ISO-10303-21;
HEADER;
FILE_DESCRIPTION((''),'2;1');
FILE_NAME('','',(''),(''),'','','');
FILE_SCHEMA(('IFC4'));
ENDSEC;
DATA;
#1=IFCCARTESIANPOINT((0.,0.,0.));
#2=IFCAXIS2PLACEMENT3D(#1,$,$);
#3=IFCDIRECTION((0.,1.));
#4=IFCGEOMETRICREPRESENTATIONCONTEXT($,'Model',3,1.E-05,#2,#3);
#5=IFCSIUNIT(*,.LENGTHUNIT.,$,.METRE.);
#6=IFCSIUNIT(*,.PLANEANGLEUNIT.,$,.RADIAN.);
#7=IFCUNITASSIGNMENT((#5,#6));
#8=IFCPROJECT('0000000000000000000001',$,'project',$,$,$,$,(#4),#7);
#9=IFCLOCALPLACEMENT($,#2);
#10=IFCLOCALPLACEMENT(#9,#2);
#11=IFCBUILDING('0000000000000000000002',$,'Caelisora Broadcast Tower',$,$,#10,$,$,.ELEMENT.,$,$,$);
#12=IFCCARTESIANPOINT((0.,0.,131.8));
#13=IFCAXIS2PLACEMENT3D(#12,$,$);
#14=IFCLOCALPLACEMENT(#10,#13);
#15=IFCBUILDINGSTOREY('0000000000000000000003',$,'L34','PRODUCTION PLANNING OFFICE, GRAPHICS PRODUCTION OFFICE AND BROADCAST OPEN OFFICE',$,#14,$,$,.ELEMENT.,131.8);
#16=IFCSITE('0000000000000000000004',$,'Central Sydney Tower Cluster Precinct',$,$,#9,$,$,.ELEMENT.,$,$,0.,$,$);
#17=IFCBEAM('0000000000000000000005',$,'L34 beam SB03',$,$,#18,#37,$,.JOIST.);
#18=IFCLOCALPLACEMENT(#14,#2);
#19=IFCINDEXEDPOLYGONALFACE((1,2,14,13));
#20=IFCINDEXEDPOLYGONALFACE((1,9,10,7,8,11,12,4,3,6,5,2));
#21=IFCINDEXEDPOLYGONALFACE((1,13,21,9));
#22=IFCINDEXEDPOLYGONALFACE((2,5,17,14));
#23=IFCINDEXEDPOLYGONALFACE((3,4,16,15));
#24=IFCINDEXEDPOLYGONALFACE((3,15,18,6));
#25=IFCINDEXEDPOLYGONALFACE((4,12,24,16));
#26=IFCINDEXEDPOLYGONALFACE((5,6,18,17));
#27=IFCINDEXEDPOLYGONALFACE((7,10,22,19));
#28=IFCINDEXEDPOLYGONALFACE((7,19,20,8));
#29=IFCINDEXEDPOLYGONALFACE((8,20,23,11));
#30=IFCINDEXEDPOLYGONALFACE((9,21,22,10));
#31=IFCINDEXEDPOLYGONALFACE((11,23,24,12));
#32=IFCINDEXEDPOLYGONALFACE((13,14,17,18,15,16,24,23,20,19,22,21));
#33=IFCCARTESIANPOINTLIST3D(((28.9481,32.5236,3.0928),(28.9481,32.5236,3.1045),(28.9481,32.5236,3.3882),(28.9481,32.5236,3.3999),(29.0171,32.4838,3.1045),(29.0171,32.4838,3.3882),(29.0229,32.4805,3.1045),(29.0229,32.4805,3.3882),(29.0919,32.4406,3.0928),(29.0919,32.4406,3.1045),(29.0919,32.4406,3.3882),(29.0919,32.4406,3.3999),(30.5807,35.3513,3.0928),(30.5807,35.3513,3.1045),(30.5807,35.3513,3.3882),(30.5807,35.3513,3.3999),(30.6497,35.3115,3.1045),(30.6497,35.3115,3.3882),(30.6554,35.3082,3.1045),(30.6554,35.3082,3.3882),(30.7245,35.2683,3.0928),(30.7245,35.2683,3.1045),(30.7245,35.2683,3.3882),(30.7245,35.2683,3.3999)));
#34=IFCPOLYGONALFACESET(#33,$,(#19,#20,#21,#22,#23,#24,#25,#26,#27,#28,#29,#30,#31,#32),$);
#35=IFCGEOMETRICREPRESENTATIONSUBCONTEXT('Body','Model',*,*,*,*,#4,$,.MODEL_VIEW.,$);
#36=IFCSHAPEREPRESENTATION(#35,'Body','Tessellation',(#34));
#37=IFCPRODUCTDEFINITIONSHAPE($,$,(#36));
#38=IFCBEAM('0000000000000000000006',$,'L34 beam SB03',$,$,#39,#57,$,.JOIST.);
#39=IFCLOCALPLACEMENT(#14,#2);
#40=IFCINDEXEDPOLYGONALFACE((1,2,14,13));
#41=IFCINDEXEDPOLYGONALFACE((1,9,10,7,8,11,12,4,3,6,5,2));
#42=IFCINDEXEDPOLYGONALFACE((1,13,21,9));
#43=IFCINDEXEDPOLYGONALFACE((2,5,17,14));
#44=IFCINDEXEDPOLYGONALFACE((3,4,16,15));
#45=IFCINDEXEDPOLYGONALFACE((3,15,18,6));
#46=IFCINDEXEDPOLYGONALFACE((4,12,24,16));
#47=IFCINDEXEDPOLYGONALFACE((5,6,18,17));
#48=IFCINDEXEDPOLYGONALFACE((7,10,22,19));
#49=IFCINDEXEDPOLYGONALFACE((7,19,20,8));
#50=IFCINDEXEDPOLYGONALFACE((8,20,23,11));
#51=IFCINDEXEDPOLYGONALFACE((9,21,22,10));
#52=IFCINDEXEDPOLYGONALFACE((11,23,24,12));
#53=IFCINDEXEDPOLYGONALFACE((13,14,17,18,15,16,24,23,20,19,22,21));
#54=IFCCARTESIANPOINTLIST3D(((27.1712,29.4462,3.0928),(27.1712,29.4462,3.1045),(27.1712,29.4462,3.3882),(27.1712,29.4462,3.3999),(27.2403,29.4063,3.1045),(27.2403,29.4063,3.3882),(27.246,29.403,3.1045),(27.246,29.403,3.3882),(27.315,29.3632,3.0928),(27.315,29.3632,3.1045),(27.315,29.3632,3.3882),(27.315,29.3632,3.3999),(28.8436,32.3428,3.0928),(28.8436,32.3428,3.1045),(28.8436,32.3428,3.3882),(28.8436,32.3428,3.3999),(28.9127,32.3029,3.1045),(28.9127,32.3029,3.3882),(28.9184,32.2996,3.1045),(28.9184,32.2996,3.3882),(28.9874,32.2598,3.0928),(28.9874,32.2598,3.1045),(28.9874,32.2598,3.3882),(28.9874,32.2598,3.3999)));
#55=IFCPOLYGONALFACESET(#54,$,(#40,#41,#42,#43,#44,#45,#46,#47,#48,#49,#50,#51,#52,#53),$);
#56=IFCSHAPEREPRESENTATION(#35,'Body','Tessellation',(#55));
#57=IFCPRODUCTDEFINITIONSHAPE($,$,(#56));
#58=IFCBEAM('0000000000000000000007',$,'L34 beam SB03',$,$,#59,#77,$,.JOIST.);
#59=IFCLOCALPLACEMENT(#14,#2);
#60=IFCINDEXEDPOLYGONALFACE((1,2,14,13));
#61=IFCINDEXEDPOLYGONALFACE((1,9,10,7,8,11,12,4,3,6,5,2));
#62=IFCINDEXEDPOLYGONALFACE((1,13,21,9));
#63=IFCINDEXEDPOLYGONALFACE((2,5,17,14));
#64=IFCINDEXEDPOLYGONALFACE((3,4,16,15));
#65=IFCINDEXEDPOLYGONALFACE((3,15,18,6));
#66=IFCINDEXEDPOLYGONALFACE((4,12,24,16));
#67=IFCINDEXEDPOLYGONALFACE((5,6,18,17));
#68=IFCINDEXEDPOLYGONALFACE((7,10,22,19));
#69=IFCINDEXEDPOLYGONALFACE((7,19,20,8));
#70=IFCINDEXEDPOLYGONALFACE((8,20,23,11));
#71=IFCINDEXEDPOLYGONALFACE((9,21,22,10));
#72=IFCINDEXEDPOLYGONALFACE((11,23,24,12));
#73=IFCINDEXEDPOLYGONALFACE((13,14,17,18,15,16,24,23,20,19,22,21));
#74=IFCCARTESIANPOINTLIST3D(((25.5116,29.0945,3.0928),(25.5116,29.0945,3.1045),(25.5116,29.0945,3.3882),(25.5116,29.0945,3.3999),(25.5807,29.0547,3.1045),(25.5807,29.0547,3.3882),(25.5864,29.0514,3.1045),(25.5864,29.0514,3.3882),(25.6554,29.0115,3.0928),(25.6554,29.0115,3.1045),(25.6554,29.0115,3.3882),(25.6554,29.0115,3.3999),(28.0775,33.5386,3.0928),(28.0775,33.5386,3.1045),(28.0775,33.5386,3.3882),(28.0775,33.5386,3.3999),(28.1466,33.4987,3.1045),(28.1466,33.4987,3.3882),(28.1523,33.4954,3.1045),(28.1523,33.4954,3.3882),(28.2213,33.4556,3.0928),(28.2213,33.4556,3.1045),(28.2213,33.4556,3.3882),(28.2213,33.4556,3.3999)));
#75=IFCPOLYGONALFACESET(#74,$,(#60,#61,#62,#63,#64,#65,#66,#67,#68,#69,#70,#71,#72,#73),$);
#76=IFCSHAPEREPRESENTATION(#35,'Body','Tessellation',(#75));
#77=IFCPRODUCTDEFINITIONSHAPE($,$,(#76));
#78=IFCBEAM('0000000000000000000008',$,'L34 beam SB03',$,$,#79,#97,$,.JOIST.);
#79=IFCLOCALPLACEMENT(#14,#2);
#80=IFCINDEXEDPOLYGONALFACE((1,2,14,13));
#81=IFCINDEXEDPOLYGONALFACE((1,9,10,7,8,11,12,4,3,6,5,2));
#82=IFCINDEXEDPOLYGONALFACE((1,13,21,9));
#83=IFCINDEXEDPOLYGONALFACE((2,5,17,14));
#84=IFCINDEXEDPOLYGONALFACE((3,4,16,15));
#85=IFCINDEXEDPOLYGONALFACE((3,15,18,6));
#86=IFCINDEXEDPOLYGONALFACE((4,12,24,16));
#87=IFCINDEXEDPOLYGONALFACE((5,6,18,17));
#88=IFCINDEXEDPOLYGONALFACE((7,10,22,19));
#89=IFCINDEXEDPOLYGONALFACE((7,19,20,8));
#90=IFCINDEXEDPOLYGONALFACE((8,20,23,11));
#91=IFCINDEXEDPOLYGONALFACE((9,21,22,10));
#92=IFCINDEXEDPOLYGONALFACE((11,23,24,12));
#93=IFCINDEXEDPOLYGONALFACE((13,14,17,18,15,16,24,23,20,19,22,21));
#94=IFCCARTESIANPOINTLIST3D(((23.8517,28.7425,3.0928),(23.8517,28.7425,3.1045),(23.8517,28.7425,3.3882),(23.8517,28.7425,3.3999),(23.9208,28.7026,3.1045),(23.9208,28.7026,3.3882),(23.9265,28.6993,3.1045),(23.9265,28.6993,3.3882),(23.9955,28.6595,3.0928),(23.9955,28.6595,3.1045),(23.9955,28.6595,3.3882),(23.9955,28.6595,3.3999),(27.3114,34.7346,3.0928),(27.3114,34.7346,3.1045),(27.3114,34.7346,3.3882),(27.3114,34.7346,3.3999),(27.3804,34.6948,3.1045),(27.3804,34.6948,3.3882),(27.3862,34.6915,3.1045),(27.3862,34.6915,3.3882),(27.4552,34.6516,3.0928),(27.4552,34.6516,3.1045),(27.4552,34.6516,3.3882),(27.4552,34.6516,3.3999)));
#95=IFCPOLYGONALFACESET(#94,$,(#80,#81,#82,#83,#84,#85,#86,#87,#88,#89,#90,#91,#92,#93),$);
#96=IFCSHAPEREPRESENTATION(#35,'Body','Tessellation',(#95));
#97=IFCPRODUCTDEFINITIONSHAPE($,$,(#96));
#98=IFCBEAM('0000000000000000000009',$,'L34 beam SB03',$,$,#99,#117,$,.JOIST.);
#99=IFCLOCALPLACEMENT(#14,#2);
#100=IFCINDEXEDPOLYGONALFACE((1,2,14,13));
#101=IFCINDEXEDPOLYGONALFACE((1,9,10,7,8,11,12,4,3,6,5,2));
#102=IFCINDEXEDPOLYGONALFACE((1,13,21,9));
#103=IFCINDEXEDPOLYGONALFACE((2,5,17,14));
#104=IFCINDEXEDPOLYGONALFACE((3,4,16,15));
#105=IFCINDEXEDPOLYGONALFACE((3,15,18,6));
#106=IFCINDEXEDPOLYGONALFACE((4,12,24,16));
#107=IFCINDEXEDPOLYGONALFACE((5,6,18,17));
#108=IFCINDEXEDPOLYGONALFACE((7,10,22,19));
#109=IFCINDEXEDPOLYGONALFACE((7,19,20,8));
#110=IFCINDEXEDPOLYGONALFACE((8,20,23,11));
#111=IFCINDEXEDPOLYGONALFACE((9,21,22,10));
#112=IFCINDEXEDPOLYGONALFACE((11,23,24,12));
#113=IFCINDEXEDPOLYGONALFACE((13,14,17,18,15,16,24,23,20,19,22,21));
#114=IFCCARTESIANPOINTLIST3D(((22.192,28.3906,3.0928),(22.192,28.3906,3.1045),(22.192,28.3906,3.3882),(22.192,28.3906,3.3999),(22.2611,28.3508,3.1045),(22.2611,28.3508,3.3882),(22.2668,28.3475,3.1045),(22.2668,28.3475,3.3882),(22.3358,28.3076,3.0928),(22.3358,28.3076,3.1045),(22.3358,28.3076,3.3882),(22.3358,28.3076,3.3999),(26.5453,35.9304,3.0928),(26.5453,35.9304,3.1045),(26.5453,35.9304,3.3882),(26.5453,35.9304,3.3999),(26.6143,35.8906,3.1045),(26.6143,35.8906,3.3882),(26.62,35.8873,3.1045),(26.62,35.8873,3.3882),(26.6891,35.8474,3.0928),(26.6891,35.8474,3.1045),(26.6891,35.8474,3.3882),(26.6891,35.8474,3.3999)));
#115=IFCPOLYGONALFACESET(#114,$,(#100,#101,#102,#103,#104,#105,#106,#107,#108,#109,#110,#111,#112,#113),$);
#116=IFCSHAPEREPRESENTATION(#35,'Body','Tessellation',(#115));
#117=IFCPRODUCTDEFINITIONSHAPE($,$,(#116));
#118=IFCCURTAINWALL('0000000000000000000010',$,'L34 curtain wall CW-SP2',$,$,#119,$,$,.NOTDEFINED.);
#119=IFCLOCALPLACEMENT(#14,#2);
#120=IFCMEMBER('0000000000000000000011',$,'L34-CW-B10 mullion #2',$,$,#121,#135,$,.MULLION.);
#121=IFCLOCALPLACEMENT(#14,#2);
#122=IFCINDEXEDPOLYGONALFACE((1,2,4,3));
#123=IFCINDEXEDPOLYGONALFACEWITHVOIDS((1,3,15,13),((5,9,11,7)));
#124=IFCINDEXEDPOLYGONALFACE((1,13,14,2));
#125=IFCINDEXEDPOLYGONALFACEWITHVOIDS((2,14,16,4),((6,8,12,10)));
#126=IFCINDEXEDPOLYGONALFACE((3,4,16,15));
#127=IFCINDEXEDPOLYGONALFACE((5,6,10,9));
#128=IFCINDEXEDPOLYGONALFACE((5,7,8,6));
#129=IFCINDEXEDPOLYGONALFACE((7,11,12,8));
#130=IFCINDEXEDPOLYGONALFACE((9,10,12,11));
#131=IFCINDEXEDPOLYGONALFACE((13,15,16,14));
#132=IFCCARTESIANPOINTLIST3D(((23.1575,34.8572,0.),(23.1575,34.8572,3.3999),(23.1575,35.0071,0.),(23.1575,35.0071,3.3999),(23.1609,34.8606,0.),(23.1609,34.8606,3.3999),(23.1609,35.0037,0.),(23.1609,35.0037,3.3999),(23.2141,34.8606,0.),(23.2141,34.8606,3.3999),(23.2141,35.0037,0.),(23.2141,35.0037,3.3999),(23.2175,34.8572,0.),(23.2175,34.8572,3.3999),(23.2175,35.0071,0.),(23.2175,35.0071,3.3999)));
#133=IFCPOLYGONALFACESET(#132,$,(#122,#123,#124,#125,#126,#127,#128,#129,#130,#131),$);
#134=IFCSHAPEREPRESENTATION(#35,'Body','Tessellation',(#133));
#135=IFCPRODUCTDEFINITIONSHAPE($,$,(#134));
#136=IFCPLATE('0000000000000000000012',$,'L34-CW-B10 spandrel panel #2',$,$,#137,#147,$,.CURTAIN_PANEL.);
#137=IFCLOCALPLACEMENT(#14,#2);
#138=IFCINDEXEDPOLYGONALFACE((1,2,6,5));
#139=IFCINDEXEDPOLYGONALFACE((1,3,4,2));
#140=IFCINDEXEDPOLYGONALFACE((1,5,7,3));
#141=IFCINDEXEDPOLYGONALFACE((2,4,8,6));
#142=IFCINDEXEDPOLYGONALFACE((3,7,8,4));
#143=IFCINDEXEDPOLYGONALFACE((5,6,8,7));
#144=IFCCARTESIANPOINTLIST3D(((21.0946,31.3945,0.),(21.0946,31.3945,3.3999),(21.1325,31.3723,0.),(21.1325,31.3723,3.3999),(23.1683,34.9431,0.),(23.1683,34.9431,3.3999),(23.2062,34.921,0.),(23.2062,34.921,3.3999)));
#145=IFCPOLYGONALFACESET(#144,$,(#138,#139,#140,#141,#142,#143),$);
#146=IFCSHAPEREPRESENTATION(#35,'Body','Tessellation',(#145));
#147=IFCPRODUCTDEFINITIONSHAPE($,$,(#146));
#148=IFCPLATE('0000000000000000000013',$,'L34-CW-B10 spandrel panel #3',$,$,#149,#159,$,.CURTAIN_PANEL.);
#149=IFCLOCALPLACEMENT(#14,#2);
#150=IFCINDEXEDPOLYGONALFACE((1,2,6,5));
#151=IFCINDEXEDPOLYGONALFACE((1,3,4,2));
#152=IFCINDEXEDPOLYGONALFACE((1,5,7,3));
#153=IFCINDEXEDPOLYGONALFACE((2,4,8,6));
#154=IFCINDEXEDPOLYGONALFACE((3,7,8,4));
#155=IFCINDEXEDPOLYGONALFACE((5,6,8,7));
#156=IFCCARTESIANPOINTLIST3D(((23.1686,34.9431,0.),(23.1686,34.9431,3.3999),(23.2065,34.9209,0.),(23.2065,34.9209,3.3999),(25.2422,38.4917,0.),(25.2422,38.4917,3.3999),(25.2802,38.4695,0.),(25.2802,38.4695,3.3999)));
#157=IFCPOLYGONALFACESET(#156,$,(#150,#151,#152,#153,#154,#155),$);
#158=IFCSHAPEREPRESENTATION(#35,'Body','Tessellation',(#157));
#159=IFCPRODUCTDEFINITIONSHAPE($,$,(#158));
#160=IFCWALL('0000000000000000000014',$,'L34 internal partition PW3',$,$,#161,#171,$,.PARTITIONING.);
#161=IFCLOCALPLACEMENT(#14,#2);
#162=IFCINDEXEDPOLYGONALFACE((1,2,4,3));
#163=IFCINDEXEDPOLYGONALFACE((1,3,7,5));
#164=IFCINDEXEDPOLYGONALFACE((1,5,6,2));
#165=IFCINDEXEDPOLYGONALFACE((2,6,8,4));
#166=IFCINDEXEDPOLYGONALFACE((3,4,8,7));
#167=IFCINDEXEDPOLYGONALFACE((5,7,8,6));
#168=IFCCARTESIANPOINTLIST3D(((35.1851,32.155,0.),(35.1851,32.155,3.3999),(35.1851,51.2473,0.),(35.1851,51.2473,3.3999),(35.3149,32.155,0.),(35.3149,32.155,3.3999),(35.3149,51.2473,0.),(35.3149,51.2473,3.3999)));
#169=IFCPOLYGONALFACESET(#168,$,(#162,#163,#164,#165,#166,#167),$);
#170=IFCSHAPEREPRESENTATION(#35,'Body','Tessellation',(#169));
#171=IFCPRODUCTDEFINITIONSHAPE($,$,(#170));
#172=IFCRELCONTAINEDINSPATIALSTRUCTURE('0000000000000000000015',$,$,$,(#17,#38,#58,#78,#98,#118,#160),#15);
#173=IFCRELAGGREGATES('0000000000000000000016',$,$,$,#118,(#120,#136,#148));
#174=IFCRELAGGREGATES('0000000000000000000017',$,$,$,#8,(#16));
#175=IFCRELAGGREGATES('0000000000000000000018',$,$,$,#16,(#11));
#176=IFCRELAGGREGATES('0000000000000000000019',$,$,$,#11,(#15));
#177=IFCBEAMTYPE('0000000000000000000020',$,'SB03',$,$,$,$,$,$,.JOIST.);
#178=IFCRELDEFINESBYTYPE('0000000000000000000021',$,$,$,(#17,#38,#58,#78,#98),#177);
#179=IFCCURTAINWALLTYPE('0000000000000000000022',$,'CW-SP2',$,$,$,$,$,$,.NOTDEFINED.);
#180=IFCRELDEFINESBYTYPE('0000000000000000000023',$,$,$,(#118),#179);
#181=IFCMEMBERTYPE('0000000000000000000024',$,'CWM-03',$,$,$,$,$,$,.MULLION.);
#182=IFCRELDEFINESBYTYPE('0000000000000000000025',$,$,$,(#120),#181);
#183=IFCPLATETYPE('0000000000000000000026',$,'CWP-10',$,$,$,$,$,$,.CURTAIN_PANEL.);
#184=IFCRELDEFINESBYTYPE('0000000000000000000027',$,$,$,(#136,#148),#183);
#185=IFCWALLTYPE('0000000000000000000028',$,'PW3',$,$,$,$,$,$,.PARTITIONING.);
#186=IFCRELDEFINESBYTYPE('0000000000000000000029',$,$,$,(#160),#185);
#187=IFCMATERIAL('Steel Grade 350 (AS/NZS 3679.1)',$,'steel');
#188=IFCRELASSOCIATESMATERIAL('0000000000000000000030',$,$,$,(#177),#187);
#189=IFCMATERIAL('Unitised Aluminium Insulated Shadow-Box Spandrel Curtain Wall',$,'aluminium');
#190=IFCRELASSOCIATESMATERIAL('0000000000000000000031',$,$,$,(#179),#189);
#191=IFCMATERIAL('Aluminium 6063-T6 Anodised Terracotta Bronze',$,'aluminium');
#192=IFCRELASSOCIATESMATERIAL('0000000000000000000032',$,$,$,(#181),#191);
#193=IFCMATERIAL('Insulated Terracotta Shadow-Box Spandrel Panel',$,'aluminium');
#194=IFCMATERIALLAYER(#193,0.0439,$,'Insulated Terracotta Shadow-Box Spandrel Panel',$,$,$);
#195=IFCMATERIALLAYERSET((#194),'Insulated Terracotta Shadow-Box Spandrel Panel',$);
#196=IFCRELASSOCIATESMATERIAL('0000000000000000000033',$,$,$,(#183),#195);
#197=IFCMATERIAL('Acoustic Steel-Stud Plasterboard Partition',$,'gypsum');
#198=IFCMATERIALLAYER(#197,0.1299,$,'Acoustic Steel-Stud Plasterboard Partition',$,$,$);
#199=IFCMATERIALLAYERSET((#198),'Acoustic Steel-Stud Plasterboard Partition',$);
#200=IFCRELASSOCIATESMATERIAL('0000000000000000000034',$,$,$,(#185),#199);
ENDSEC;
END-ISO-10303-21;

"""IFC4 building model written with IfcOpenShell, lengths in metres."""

from ifc_helpers import new_model, si_unit, direction, frame, frame_2d, origin, origin_2d, place, context, subcontext, project, spatial, rectangle, hollow_rectangle, i_section, extrude, source, transform, mapped, material, layer, layer_set, material_profile, profile_set, type_object, type_shapes, element, aggregate, save


model = new_model("IFC4")

# Units and contexts
model_context = context("Model", 3, precision=1e-05, world=origin(), true_north=direction((0.0, 1.0)))
body_context = subcontext(model_context, "Body", "Model", "MODEL_VIEW")
ifc_project = project(units=[si_unit("LENGTHUNIT", "METRE"), si_unit("PLANEANGLEUNIT", "RADIAN")], contexts=[model_context])

# Site, building, storey
site_placement = place(None, origin())
site = spatial("IfcSite", under=ifc_project, at=site_placement, Name="Central Sydney Tower Cluster Precinct", CompositionType="ELEMENT", RefElevation=0.0)
building_placement = place(site_placement, origin())
building = spatial("IfcBuilding", under=site, at=building_placement, Name="Caelisora Broadcast Tower", CompositionType="ELEMENT")
storey_placement = place(building_placement, frame((0.0, 0.0, 131.8)))
storey = spatial("IfcBuildingStorey", under=building, at=storey_placement, Name="L34", Description="PRODUCTION PLANNING OFFICE, GRAPHICS PRODUCTION OFFICE AND BROADCAST OPEN OFFICE", CompositionType="ELEMENT", Elevation=131.8)

# Beams
ifc_material_1 = material(Name="Steel Grade 350 (AS/NZS 3679.1)", Category="steel")
ifc_material_profile_1 = material_profile(ifc_material_1, i_section(OverallWidth=0.166, OverallDepth=0.3071, WebThickness=0.0066, FlangeThickness=0.0117, at=origin_2d()), Name="Steel Grade 350 (AS/NZS 3679.1)")
ifc_profile_set_1 = profile_set([ifc_material_profile_1], Name="Steel Grade 350 (AS/NZS 3679.1)")
beam_type = type_object("IfcBeamType", Name="SB03", PredefinedType="JOIST", material=ifc_profile_set_1)
shared_shape_1 = source(origin(), body_context, "Body", "SweptSolid", [
    extrude(i_section(OverallWidth=0.166, OverallDepth=0.3071, WebThickness=0.0066, FlangeThickness=0.0117, at=origin_2d()), origin(), (0.0, 0.0, 1.0), 3.2651),
])
beam_1_placement = place(storey_placement, frame((30.6526, 35.3098, 3.2463), z_axis=(-0.500007, -0.866021, 0.0), x_axis=(0.866021, -0.500007, 0.0)))
element("IfcBeam", 1, at=beam_1_placement, inside=storey, type_object=beam_type, Name="L34 beam SB03", PredefinedType="JOIST", context=body_context, shape_type="MappedRepresentation", body=[
    mapped(shared_shape_1, transform((0.0, 0.0, 0.0), scale=1.0)),
])
shared_shape_2 = source(origin(), body_context, "Body", "SweptSolid", [
    extrude(i_section(OverallWidth=0.166, OverallDepth=0.3071, WebThickness=0.0066, FlangeThickness=0.0117, at=origin_2d()), origin(), (0.0, 0.0, 1.0), 3.3447),
])
beam_2_placement = place(storey_placement, frame((28.9155, 32.3013, 3.2463), z_axis=(-0.500017, -0.866015, 0.0), x_axis=(0.866015, -0.500017, 0.0)))
element("IfcBeam", 2, at=beam_2_placement, inside=storey, type_object=beam_type, Name="L34 beam SB03", PredefinedType="JOIST", context=body_context, shape_type="MappedRepresentation", body=[
    mapped(shared_shape_2, transform((0.0, 0.0, 0.0), scale=1.0)),
])
shared_shape_3 = source(origin(), body_context, "Body", "SweptSolid", [
    extrude(i_section(OverallWidth=0.166, OverallDepth=0.3071, WebThickness=0.0066, FlangeThickness=0.0117, at=origin_2d()), origin(), (0.0, 0.0, 1.0), 5.1316),
])
beam_3_placement = place(storey_placement, frame((28.1494, 33.4971, 3.2463), z_axis=(-0.500018, -0.866015, 0.0), x_axis=(0.866015, -0.500018, 0.0)))
element("IfcBeam", 3, at=beam_3_placement, inside=storey, type_object=beam_type, Name="L34 beam SB03", PredefinedType="JOIST", context=body_context, shape_type="MappedRepresentation", body=[
    mapped(shared_shape_3, transform((0.0, 0.0, 0.0), scale=1.0)),
])
shared_shape_4 = source(origin(), body_context, "Body", "SweptSolid", [
    extrude(i_section(OverallWidth=0.166, OverallDepth=0.3071, WebThickness=0.0066, FlangeThickness=0.0117, at=origin_2d()), origin(), (0.0, 0.0, 1.0), 6.9192),
])
beam_4_placement = place(storey_placement, frame((27.3833, 34.6931, 3.2463), z_axis=(-0.500014, -0.866018, 0.0), x_axis=(0.866018, -0.500014, 0.0)))
element("IfcBeam", 4, at=beam_4_placement, inside=storey, type_object=beam_type, Name="L34 beam SB03", PredefinedType="JOIST", context=body_context, shape_type="MappedRepresentation", body=[
    mapped(shared_shape_4, transform((0.0, 0.0, 0.0), scale=1.0)),
])
shared_shape_5 = source(origin(), body_context, "Body", "SweptSolid", [
    extrude(i_section(OverallWidth=0.166, OverallDepth=0.3071, WebThickness=0.0066, FlangeThickness=0.0117, at=origin_2d()), origin(), (0.0, 0.0, 1.0), 8.7063),
])
type_shapes(beam_type, [shared_shape_1, shared_shape_2, shared_shape_3, shared_shape_4, shared_shape_5])
beam_5_placement = place(storey_placement, frame((26.6172, 35.8889, 3.2463), z_axis=(-0.500015, -0.866017, 0.0), x_axis=(0.866017, -0.500015, 0.0)))
element("IfcBeam", 5, at=beam_5_placement, inside=storey, type_object=beam_type, Name="L34 beam SB03", PredefinedType="JOIST", context=body_context, shape_type="MappedRepresentation", body=[
    mapped(shared_shape_5, transform((0.0, 0.0, 0.0), scale=1.0)),
])

# Curtain wall, member, plates
ifc_material_2 = material(Name="Unitised Aluminium Insulated Shadow-Box Spandrel Curtain Wall", Category="aluminium")
curtain_wall_type = type_object("IfcCurtainWallType", Name="CW-SP2", PredefinedType="NOTDEFINED", material=ifc_material_2)
curtain_wall_placement = place(storey_placement, origin())
curtain_wall = element("IfcCurtainWall", 6, at=curtain_wall_placement, inside=storey, type_object=curtain_wall_type, Name="L34 curtain wall CW-SP2", PredefinedType="NOTDEFINED")
ifc_material_3 = material(Name="Aluminium 6063-T6 Anodised Terracotta Bronze", Category="aluminium")
ifc_material_profile_2 = material_profile(ifc_material_3, hollow_rectangle(XDim=0.0601, YDim=0.1499, WallThickness=0.0034, at=origin_2d()), Name="Aluminium 6063-T6 Anodised Terracotta Bronze")
ifc_profile_set_2 = profile_set([ifc_material_profile_2], Name="Aluminium 6063-T6 Anodised Terracotta Bronze")
member_type = type_object("IfcMemberType", Name="CWM-03", PredefinedType="MULLION", material=ifc_profile_set_2)
shared_shape_6 = source(origin(), body_context, "Body", "SweptSolid", [
    extrude(hollow_rectangle(XDim=0.0601, YDim=0.1499, WallThickness=0.0034, at=origin_2d()), origin(), (0.0, 0.0, 1.0), 3.3999),
])
type_shapes(member_type, [shared_shape_6])
member_placement = place(storey_placement, frame((23.1875, 34.9321, 0.0), z_axis=(0.0, 0.0, 1.0), x_axis=(1.0, 0.0, 0.0)))
member = element("IfcMember", 7, at=member_placement, type_object=member_type, Name="L34-CW-B10 mullion #2", PredefinedType="MULLION", context=body_context, shape_type="MappedRepresentation", body=[
    mapped(shared_shape_6, transform((0.0, 0.0, 0.0), scale=1.0)),
])
ifc_material_4 = material(Name="Insulated Terracotta Shadow-Box Spandrel Panel", Category="aluminium")
ifc_layer_1 = layer(ifc_material_4, 0.0439, Name="Insulated Terracotta Shadow-Box Spandrel Panel")
ifc_layer_set_1 = layer_set([ifc_layer_1], Name="Insulated Terracotta Shadow-Box Spandrel Panel")
plate_type = type_object("IfcPlateType", Name="CWP-10", PredefinedType="CURTAIN_PANEL", material=ifc_layer_set_1)
shared_shape_7 = source(origin(), body_context, "Body", "SweptSolid", [
    extrude(rectangle(XDim=4.1101, YDim=0.0439, at=origin_2d()), origin(), (0.0, 0.0, 1.0), 3.3999),
])
type_shapes(plate_type, [shared_shape_7])
plate_1_placement = place(storey_placement, frame((22.1504, 33.1577, 0.0), z_axis=(0.0, 0.0, 1.0), x_axis=(0.504528, 0.863396, 0.0)))
plate_1 = element("IfcPlate", 8, at=plate_1_placement, type_object=plate_type, Name="L34-CW-B10 spandrel panel #2", PredefinedType="CURTAIN_PANEL", context=body_context, shape_type="MappedRepresentation", body=[
    mapped(shared_shape_7, transform((0.0, 0.0, 0.0), scale=1.0)),
])
plate_2_placement = place(storey_placement, frame((24.2244, 36.7063, 0.0), z_axis=(0.0, 0.0, 1.0), x_axis=(0.504528, 0.863396, 0.0)))
plate_2 = element("IfcPlate", 9, at=plate_2_placement, type_object=plate_type, Name="L34-CW-B10 spandrel panel #3", PredefinedType="CURTAIN_PANEL", context=body_context, shape_type="MappedRepresentation", body=[
    mapped(shared_shape_7, transform((0.0, 0.0, 0.0), scale=1.0)),
])
aggregate(curtain_wall, [member, plate_1, plate_2])

# Wall
ifc_material_5 = material(Name="Acoustic Steel-Stud Plasterboard Partition", Category="gypsum")
ifc_layer_2 = layer(ifc_material_5, 0.1299, Name="Acoustic Steel-Stud Plasterboard Partition")
ifc_layer_set_2 = layer_set([ifc_layer_2], Name="Acoustic Steel-Stud Plasterboard Partition")
wall_type = type_object("IfcWallType", Name="PW3", PredefinedType="PARTITIONING", material=ifc_layer_set_2)
wall_1_placement = place(storey_placement, frame((35.25, 32.155, 0.0), z_axis=(0.0, 0.0, 1.0), x_axis=(0.0, 1.0, 0.0)))
element("IfcWall", 10, at=wall_1_placement, inside=storey, type_object=wall_type, Name="L34 internal partition PW3", PredefinedType="PARTITIONING", context=body_context, shape_type="SweptSolid", body=[
    extrude(rectangle(XDim=19.0923, YDim=0.1299, at=frame_2d((9.5461, 0.0))), origin(), (0.0, 0.0, 1.0), 3.3999),
])

save(model, "model.ifc")
